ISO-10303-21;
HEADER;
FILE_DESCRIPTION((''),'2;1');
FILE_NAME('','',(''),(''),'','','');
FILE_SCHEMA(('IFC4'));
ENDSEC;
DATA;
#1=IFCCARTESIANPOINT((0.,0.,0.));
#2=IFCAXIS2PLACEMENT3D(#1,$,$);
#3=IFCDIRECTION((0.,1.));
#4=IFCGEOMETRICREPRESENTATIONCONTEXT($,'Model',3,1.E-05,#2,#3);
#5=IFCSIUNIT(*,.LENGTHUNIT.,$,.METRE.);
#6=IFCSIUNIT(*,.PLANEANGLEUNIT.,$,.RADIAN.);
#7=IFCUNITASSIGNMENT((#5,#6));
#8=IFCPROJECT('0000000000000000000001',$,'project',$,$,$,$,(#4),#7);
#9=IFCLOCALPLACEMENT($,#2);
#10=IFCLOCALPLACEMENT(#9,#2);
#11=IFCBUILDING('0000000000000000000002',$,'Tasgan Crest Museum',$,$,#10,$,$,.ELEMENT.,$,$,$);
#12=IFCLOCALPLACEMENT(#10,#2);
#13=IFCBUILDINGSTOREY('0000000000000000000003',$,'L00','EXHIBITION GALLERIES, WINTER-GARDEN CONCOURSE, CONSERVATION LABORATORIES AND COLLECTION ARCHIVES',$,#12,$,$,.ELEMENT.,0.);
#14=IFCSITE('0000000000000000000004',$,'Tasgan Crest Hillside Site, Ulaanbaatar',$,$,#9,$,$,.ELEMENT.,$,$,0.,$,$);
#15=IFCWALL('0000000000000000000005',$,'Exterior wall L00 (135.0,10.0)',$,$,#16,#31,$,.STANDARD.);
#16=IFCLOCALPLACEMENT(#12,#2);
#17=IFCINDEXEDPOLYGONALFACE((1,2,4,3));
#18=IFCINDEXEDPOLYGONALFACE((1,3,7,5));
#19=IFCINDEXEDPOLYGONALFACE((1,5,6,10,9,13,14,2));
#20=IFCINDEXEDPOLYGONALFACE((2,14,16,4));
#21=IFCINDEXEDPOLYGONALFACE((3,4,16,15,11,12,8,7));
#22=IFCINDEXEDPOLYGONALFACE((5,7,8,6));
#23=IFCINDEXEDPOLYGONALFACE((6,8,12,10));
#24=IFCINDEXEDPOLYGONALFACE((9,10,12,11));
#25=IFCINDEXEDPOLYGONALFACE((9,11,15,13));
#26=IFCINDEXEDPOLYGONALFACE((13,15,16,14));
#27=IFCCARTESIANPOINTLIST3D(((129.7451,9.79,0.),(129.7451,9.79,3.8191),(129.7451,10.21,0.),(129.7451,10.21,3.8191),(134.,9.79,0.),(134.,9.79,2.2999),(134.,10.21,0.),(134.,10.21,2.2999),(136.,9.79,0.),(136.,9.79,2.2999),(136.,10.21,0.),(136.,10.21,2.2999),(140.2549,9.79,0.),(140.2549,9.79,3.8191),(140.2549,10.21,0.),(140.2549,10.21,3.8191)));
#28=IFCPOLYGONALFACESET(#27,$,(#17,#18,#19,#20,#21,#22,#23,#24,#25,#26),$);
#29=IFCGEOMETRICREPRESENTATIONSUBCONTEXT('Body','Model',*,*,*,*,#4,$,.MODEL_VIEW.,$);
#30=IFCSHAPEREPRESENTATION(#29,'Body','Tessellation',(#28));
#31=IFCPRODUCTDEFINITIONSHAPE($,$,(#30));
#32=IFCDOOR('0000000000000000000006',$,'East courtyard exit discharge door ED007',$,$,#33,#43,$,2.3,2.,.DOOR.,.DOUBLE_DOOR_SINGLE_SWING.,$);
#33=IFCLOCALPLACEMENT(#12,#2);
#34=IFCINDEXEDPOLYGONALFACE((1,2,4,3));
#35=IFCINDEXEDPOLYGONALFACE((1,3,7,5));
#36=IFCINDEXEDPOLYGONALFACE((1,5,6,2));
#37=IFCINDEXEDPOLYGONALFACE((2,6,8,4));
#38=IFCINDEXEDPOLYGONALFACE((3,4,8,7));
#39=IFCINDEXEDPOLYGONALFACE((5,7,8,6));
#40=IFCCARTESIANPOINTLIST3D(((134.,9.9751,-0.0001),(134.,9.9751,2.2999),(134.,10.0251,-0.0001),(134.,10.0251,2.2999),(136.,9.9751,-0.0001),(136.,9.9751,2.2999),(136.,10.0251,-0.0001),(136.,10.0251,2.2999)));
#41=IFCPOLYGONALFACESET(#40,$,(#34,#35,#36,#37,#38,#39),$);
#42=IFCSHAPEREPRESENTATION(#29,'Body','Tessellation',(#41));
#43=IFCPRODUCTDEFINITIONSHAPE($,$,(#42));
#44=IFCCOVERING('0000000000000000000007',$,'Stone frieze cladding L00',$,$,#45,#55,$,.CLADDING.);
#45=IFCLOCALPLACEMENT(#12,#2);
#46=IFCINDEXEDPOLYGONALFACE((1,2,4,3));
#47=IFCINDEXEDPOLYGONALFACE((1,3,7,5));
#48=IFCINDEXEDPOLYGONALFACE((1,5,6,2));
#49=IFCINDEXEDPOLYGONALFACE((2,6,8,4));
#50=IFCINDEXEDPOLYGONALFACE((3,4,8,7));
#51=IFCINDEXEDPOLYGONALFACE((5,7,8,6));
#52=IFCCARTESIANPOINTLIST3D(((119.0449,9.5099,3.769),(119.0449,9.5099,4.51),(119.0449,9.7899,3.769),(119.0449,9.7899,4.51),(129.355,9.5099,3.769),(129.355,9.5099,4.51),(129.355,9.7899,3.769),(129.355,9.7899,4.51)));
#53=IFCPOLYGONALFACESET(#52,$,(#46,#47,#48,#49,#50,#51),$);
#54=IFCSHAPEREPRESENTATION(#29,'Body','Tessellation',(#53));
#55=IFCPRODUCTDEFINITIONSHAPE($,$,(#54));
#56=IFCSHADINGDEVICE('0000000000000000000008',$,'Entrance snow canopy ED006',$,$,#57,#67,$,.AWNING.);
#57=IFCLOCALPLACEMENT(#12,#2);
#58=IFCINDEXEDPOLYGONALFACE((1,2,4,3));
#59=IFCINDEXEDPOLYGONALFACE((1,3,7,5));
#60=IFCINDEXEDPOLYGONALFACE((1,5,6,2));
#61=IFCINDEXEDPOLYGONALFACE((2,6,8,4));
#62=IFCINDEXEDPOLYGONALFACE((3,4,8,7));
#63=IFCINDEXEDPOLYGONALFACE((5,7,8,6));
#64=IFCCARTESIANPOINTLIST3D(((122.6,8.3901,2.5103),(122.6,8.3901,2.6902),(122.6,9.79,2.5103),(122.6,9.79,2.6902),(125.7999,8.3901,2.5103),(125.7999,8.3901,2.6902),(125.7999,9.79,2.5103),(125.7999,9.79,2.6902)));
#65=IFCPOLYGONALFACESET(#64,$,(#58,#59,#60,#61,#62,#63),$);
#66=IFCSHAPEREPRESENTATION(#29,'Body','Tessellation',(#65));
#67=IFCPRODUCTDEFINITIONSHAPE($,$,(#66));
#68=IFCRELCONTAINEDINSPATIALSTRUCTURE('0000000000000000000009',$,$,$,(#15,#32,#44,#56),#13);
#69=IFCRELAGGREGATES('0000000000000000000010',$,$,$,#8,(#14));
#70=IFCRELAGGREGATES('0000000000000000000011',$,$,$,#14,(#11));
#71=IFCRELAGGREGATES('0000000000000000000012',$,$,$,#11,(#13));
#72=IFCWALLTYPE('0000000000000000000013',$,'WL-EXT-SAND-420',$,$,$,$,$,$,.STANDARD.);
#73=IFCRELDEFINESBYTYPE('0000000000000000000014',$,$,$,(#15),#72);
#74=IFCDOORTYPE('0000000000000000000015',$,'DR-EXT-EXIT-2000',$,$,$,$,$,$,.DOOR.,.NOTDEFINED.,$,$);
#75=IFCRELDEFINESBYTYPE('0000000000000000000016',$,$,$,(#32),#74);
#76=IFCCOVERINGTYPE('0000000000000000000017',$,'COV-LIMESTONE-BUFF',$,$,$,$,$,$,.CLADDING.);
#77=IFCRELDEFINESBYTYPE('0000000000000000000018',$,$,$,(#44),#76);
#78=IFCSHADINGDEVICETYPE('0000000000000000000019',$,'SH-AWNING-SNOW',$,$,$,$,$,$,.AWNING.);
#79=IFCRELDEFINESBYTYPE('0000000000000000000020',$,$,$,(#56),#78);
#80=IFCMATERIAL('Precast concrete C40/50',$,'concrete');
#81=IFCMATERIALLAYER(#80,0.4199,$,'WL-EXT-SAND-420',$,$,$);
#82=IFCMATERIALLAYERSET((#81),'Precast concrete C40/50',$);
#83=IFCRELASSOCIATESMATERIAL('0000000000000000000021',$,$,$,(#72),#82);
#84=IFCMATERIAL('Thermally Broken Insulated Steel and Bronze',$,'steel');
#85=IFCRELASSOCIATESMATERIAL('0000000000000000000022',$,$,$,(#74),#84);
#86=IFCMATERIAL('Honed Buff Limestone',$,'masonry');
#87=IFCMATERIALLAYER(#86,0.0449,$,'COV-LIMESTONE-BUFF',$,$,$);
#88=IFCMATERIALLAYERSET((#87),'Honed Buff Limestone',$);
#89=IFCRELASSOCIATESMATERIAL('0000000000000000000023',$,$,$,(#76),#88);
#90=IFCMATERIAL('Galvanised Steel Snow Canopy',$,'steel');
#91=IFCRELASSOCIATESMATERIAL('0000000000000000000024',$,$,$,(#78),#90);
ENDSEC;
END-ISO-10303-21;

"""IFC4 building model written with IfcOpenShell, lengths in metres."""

from ifc_helpers import new_model, si_unit, direction, frame, frame_2d, origin, origin_2d, place, context, subcontext, project, spatial, rectangle, extrude, material, layer, layer_set, type_object, element, fill, save


model = new_model("IFC4")

# Units and contexts
model_context = context("Model", 3, precision=1e-05, world=origin(), true_north=direction((0.0, 1.0)))
body_context = subcontext(model_context, "Body", "Model", "MODEL_VIEW")
ifc_project = project(units=[si_unit("LENGTHUNIT", "METRE"), si_unit("PLANEANGLEUNIT", "RADIAN")], contexts=[model_context])

# Site, building, storey
site_placement = place(None, origin())
site = spatial("IfcSite", under=ifc_project, at=site_placement, Name="Tasgan Crest Hillside Site, Ulaanbaatar", CompositionType="ELEMENT", RefElevation=0.0)
building_placement = place(site_placement, origin())
building = spatial("IfcBuilding", under=site, at=building_placement, Name="Tasgan Crest Museum", CompositionType="ELEMENT")
storey_placement = place(building_placement, origin())
storey = spatial("IfcBuildingStorey", under=building, at=storey_placement, Name="L00", Description="EXHIBITION GALLERIES, WINTER-GARDEN CONCOURSE, CONSERVATION LABORATORIES AND COLLECTION ARCHIVES", CompositionType="ELEMENT", Elevation=0.0)

# Wall, opening, door
ifc_material_1 = material(Name="Precast concrete C40/50", Category="concrete")
ifc_layer_1 = layer(ifc_material_1, 0.4199, Name="WL-EXT-SAND-420")
ifc_layer_set_1 = layer_set([ifc_layer_1], Name="Precast concrete C40/50")
wall_type = type_object("IfcWallType", Name="WL-EXT-SAND-420", PredefinedType="STANDARD", material=ifc_layer_set_1)
wall_placement = place(storey_placement, frame((129.7451, 10.0, 0.0), z_axis=(0.0, 0.0, 1.0), x_axis=(1.0, 0.0, 0.0)))
wall = element("IfcWall", 1, at=wall_placement, inside=storey, type_object=wall_type, Name="Exterior wall L00 (135.0,10.0)", PredefinedType="STANDARD", context=body_context, shape_type="SweptSolid", body=[
    extrude(rectangle(XDim=10.5098, YDim=0.4199, at=frame_2d((5.2549, 0.0))), origin(), (0.0, 0.0, 1.0), 3.8191),
])
opening_placement = place(wall_placement, frame((4.2549, 0.0, 0.0)))
opening = element("IfcOpeningElement", 2, at=opening_placement, cuts=wall, PredefinedType="OPENING", context=body_context, shape_type="SweptSolid", body=[
    extrude(rectangle(XDim=2.0, YDim=2.3, at=frame_2d((1.0, 1.1499))), frame((0.0, 0.22, 0.0), z_axis=(0.0, -1.0, 0.0), x_axis=(1.0, 0.0, 0.0)), (0.0, 0.0, 1.0), 0.4399),
])
ifc_material_2 = material(Name="Thermally Broken Insulated Steel and Bronze", Category="steel")
door_type = type_object("IfcDoorType", Name="DR-EXT-EXIT-2000", OperationType="NOTDEFINED", PredefinedType="DOOR", material=ifc_material_2)
door_placement = place(opening_placement, frame((2.0, 0.0, 0.0), z_axis=(0.0, 0.0, 1.0), x_axis=(-1.0, 0.0, 0.0)))
door = element("IfcDoor", 3, at=door_placement, inside=storey, type_object=door_type, Name="East courtyard exit discharge door ED007", OperationType="DOUBLE_DOOR_SINGLE_SWING", OverallHeight=2.3, OverallWidth=2.0, PredefinedType="DOOR", context=body_context, shape_type="SweptSolid", body=[
    extrude(rectangle(XDim=2.0, YDim=2.3, at=frame_2d((1.0, 1.1499))), frame((0.0, 0.0249, 0.0), z_axis=(0.0, -1.0, 0.0), x_axis=(1.0, 0.0, 0.0)), (0.0, 0.0, 1.0), 0.05),
])
fill(opening, door)

# Covering
ifc_material_3 = material(Name="Honed Buff Limestone", Category="masonry")
ifc_layer_2 = layer(ifc_material_3, 0.0449, Name="COV-LIMESTONE-BUFF")
ifc_layer_set_2 = layer_set([ifc_layer_2], Name="Honed Buff Limestone")
covering_type = type_object("IfcCoveringType", Name="COV-LIMESTONE-BUFF", PredefinedType="CLADDING", material=ifc_layer_set_2)
covering_placement = place(storey_placement, frame((124.2, 9.6499, 3.769), z_axis=(0.0, 0.0, 1.0), x_axis=(1.0, 0.0, 0.0)))
element("IfcCovering", 4, at=covering_placement, inside=storey, type_object=covering_type, Name="Stone frieze cladding L00", PredefinedType="CLADDING", context=body_context, shape_type="SweptSolid", body=[
    extrude(rectangle(XDim=10.3101, YDim=0.28, at=origin_2d()), origin(), (0.0, 0.0, 1.0), 0.741),
])

# Shading device
ifc_material_4 = material(Name="Galvanised Steel Snow Canopy", Category="steel")
shading_device_type = type_object("IfcShadingDeviceType", Name="SH-AWNING-SNOW", PredefinedType="AWNING", material=ifc_material_4)
shading_device_placement = place(storey_placement, frame((124.2, 9.0901, 2.5103), z_axis=(0.0, 0.0, 1.0), x_axis=(1.0, 0.0, 0.0)))
element("IfcShadingDevice", 5, at=shading_device_placement, inside=storey, type_object=shading_device_type, Name="Entrance snow canopy ED006", PredefinedType="AWNING", context=body_context, shape_type="SweptSolid", body=[
    extrude(rectangle(XDim=3.2, YDim=1.3999, at=origin_2d()), origin(), (0.0, 0.0, 1.0), 0.1799),
])

save(model, "model.ifc")
